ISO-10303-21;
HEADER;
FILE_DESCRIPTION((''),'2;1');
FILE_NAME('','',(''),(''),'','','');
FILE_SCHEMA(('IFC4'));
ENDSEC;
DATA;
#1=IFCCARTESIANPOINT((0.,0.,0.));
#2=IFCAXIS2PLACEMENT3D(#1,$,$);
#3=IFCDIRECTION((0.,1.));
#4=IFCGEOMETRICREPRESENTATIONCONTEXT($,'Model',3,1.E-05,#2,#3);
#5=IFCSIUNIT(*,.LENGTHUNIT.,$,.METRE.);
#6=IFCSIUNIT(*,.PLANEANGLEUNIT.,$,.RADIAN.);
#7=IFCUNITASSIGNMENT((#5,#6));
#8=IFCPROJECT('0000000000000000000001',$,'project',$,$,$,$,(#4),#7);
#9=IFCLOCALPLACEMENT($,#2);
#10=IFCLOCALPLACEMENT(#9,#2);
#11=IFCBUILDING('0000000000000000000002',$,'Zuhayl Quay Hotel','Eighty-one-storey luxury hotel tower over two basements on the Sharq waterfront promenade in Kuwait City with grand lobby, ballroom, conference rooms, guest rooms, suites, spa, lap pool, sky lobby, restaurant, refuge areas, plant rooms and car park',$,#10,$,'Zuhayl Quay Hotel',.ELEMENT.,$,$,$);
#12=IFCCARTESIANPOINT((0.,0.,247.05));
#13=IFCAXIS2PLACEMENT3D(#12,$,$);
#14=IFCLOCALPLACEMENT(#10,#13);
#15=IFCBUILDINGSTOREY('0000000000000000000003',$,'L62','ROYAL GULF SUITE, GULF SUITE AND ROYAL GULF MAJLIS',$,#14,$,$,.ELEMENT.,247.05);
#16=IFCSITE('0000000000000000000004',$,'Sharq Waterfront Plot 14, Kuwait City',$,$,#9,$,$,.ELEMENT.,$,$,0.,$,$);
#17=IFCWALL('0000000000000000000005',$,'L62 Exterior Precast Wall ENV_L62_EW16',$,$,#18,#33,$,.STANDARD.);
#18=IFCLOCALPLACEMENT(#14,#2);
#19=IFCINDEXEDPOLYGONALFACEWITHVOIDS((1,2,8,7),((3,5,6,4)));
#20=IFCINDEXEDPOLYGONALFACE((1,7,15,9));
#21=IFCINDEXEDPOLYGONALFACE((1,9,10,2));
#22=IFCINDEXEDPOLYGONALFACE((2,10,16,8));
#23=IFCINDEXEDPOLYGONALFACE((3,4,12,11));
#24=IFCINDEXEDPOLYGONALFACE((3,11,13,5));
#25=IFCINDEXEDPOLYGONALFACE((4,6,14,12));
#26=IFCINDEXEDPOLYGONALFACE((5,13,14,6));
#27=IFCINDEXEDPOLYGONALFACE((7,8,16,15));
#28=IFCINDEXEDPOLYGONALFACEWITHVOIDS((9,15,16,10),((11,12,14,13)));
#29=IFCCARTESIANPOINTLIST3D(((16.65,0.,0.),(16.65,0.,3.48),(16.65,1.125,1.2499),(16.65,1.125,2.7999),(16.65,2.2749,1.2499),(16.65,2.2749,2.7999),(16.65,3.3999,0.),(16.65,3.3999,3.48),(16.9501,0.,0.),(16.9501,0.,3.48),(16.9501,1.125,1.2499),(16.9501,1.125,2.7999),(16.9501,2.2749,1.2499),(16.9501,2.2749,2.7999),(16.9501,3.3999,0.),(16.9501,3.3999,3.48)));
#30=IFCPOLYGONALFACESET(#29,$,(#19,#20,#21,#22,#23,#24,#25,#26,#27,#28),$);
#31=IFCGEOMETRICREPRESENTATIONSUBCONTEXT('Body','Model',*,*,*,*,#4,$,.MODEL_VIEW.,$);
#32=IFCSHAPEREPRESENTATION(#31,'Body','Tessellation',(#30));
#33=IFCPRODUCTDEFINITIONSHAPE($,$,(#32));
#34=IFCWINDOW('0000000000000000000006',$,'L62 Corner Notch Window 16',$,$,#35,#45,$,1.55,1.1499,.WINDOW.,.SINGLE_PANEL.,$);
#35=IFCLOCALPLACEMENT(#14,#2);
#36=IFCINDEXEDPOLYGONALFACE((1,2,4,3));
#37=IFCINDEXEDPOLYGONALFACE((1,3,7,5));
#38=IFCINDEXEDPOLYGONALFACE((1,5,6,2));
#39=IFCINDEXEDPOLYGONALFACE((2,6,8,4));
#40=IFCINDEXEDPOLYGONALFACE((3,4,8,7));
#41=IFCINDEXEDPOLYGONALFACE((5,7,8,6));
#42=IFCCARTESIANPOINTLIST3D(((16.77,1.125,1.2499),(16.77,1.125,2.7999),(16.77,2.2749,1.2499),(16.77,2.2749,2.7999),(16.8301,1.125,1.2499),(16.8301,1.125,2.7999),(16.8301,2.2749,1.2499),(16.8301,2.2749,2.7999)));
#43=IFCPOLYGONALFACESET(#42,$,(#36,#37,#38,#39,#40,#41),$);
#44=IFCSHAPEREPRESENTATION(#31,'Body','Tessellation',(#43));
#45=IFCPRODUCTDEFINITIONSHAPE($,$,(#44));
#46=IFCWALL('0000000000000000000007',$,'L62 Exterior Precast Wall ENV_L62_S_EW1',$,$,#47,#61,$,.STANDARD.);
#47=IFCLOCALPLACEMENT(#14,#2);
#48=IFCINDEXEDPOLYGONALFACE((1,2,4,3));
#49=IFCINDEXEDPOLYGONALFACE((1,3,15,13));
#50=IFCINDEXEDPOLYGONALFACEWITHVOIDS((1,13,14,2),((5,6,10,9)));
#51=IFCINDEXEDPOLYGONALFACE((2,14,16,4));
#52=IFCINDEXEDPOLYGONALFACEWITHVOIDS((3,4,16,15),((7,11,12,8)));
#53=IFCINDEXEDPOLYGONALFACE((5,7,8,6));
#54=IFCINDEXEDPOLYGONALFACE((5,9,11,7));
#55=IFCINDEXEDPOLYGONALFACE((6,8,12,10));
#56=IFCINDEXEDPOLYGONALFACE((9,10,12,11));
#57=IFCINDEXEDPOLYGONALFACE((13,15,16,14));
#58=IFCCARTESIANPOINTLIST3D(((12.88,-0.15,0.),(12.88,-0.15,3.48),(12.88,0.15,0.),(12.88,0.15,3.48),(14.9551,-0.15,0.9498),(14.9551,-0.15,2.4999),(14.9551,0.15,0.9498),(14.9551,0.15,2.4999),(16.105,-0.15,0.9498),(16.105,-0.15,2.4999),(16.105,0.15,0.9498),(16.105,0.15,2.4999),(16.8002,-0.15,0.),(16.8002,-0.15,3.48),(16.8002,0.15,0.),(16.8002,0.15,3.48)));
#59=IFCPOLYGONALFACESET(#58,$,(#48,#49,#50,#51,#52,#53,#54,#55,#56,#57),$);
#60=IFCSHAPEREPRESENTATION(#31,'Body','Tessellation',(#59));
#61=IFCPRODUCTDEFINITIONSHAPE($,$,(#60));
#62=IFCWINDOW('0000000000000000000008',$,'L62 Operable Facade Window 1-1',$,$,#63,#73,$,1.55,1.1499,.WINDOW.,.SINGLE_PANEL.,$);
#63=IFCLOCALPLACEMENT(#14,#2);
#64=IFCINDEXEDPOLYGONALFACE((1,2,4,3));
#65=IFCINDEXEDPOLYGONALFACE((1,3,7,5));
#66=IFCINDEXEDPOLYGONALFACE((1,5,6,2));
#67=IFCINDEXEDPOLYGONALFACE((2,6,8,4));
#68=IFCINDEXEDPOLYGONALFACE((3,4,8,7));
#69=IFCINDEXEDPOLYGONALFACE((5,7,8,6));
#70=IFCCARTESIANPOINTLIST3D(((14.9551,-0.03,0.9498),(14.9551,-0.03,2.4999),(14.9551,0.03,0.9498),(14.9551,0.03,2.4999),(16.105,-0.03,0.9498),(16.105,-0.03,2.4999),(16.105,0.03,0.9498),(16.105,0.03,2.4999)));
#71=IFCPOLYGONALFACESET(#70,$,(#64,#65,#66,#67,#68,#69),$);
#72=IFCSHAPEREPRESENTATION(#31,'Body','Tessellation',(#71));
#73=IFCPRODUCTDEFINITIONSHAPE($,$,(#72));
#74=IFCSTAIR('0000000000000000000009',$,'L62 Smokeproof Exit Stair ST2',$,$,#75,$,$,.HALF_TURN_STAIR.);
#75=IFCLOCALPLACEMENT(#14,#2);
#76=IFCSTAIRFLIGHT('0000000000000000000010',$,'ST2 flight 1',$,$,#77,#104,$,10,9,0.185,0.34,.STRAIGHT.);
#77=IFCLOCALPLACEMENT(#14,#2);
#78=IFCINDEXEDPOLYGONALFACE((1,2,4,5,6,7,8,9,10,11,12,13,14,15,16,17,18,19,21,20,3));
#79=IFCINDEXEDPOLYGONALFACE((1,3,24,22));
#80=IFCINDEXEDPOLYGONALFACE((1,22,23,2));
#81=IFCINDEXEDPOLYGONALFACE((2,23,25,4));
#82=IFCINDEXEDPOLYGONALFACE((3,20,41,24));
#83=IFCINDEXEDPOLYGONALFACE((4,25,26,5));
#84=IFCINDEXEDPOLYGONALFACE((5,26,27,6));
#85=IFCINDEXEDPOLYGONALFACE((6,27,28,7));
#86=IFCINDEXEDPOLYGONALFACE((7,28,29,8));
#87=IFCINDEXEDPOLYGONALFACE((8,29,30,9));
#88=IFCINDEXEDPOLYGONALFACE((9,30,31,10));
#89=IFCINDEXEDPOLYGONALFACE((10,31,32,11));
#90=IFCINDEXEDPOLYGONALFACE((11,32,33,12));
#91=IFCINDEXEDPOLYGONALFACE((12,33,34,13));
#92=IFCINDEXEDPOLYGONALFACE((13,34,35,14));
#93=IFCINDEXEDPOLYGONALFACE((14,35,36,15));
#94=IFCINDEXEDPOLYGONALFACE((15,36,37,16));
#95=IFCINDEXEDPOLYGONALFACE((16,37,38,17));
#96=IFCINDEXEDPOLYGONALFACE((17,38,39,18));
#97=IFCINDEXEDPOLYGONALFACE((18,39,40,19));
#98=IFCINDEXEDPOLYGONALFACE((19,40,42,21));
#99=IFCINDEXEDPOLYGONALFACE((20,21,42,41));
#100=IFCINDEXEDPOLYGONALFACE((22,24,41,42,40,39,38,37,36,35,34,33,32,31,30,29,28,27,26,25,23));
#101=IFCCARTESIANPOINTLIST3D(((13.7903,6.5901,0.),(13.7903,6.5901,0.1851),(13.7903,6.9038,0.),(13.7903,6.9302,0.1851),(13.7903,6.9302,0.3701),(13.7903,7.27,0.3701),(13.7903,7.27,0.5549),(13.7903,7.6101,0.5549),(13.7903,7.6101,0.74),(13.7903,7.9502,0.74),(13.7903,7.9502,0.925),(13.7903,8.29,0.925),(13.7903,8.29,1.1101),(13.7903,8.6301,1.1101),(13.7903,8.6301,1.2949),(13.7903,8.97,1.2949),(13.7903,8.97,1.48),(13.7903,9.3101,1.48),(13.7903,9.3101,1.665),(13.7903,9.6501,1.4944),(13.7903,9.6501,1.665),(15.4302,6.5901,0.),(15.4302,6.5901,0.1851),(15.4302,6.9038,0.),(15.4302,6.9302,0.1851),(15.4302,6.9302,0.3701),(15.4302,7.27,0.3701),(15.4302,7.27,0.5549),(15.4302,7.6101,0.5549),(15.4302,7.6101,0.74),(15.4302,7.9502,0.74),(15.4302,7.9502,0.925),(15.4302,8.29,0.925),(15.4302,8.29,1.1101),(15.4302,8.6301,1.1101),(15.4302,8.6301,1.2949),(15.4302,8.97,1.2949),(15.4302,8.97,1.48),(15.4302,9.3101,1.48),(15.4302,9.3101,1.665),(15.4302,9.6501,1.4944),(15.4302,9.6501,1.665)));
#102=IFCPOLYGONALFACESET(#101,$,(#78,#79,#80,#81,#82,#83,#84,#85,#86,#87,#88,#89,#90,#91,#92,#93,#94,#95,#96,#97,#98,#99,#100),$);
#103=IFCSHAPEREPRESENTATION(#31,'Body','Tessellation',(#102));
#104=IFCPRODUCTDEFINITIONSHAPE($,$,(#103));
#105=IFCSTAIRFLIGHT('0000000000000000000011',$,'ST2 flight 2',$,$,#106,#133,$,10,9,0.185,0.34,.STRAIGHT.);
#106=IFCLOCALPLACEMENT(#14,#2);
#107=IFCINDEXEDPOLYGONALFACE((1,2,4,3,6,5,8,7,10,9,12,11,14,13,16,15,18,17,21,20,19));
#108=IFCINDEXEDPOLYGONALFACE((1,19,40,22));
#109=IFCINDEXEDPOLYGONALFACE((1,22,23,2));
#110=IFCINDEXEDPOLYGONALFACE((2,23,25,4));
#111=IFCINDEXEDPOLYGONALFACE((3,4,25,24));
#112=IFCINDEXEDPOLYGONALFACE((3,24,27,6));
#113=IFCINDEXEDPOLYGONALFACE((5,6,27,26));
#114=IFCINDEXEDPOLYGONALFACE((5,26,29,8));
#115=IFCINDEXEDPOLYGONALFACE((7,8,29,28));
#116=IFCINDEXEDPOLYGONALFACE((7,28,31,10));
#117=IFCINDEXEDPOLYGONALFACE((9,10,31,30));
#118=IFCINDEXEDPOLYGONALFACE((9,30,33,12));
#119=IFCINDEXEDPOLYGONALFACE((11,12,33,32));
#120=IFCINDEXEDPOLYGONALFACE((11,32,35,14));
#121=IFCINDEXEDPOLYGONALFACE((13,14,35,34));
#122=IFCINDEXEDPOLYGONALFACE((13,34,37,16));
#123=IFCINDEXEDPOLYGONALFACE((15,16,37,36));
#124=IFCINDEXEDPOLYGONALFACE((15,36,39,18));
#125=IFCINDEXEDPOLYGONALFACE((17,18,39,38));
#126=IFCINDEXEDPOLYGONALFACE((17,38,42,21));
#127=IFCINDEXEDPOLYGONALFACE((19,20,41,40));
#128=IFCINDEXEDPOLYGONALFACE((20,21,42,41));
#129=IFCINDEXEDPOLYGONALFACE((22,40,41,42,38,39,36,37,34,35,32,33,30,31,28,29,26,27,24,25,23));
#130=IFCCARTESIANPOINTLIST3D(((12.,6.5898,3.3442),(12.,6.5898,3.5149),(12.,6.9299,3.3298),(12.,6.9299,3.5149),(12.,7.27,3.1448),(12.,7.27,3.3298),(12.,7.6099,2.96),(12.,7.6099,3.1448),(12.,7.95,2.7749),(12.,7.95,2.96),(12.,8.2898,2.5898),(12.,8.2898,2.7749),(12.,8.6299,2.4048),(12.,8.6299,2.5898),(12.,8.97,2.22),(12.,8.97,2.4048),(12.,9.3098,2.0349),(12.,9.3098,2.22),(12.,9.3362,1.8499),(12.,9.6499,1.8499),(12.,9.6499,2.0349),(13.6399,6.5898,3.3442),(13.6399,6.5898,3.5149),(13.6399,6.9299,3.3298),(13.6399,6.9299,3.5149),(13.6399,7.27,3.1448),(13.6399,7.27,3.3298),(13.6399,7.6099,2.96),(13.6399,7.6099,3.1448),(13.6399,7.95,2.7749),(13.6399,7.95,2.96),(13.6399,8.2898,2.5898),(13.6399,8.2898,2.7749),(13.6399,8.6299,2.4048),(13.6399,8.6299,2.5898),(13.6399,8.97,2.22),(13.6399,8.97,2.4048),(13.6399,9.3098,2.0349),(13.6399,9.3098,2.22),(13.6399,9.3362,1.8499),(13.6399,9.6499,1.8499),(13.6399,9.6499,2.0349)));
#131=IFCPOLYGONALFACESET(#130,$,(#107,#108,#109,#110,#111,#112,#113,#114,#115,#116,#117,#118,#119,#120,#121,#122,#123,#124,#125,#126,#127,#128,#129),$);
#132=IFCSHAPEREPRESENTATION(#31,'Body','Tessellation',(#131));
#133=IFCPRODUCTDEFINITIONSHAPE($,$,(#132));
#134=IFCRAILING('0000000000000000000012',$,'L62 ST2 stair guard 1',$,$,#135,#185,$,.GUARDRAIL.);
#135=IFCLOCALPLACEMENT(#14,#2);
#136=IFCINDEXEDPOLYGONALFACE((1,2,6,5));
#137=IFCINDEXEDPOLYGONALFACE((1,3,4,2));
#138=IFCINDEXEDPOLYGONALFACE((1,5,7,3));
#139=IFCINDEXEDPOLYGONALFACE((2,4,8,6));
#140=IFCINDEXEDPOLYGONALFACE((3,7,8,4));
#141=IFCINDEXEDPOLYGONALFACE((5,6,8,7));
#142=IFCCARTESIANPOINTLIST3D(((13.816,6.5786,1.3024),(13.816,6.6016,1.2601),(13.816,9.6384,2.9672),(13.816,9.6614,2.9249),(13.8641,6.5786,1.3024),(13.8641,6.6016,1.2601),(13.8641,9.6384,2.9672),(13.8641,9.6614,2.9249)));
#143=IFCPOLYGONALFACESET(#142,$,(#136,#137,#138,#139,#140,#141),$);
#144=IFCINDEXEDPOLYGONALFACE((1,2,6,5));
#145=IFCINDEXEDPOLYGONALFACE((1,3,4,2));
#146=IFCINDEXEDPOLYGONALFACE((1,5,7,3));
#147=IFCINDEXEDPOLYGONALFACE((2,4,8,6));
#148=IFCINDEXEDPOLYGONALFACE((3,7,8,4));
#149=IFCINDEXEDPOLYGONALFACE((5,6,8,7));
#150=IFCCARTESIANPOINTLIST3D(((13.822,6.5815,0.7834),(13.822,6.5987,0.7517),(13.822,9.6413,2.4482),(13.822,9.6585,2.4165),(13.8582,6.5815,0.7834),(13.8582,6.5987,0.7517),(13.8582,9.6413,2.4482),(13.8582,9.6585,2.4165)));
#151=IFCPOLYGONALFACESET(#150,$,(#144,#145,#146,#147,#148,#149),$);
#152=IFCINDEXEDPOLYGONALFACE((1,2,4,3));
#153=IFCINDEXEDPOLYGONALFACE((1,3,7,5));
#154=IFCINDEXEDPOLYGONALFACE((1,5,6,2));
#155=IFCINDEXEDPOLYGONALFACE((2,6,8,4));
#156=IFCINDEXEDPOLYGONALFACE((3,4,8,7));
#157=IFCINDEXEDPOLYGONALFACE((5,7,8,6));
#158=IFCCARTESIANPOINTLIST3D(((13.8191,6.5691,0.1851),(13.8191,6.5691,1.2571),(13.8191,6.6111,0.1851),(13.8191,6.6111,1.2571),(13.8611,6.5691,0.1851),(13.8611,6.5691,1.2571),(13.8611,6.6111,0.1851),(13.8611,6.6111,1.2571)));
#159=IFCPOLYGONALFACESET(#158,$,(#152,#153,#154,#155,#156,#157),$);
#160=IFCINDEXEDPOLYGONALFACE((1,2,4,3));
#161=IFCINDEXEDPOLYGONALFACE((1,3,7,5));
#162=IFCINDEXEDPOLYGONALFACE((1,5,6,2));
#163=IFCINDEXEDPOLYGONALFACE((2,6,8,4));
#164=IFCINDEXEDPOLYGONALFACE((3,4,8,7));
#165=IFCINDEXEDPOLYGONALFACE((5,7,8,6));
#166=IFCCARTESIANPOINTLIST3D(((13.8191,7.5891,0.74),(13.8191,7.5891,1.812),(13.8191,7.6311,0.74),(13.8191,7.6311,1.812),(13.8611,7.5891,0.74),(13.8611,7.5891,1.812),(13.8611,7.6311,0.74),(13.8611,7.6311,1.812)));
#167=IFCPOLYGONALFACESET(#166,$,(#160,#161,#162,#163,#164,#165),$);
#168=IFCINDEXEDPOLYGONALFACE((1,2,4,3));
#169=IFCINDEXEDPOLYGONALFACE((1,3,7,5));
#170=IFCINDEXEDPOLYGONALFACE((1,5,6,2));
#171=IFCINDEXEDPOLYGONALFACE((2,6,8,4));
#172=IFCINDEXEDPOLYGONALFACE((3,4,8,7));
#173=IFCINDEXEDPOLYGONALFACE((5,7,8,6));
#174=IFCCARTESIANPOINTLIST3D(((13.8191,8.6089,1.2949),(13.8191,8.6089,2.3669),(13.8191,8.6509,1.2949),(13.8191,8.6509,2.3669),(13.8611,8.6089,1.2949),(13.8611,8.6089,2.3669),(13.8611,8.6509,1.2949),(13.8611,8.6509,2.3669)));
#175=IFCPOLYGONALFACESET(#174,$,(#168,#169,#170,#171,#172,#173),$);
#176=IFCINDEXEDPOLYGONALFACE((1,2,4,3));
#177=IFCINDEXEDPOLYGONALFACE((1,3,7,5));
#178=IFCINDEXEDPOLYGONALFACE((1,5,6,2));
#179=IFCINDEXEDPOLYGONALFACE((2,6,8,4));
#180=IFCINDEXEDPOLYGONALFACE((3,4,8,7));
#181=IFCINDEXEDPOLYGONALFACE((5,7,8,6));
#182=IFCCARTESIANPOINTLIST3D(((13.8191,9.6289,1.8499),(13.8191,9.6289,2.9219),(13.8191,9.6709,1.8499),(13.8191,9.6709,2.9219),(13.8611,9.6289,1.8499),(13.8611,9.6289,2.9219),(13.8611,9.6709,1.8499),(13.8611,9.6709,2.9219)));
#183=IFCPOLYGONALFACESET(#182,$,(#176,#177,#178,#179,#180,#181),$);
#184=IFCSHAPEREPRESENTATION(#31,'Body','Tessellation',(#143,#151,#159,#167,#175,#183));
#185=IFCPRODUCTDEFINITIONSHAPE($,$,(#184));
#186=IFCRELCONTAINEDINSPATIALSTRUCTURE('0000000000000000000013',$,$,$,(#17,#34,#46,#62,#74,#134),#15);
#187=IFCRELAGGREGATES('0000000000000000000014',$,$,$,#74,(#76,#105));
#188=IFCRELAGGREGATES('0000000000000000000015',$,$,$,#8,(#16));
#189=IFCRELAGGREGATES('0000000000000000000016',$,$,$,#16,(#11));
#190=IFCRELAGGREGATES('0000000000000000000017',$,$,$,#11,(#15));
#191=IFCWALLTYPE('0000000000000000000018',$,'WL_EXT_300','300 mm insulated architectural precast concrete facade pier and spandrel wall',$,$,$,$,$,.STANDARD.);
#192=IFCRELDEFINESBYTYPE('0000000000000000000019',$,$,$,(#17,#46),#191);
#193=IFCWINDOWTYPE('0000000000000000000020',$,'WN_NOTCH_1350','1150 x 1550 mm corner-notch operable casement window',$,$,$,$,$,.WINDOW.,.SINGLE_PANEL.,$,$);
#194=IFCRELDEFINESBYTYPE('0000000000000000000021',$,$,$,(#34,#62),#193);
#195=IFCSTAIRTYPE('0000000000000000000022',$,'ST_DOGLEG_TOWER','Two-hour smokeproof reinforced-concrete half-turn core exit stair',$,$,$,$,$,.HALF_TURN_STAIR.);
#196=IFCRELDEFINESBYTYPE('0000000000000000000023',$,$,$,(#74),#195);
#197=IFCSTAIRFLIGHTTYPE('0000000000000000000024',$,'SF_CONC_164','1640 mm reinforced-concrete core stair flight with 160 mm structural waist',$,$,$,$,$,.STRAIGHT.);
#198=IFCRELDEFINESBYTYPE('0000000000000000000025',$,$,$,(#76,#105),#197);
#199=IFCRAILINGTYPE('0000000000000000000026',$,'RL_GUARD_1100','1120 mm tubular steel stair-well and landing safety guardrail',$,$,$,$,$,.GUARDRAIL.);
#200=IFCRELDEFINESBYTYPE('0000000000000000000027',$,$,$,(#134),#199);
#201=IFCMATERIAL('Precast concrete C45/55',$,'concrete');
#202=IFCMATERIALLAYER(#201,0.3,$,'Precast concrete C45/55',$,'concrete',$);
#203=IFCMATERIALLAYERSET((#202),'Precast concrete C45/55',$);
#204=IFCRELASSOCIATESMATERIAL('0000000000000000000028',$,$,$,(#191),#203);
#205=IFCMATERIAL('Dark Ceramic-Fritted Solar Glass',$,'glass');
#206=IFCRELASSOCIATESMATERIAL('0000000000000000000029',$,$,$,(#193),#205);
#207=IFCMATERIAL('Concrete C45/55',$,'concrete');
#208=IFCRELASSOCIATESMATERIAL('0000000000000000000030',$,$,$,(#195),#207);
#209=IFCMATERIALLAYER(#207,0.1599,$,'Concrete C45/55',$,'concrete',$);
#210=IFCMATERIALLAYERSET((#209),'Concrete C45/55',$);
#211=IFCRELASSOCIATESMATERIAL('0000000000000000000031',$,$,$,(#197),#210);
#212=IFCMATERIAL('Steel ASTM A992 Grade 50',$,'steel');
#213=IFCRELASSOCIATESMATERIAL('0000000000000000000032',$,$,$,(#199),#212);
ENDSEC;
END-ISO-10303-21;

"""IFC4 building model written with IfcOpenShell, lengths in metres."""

from ifc_helpers import new_model, si_unit, direction, frame, frame_2d, origin, origin_2d, place, context, subcontext, project, spatial, polyline, rectangle, outline, extrude, material, layer, layer_set, type_object, element, fill, aggregate, save


model = new_model("IFC4")

# Units and contexts
model_context = context("Model", 3, precision=1e-05, world=origin(), true_north=direction((0.0, 1.0)))
body_context = subcontext(model_context, "Body", "Model", "MODEL_VIEW")
ifc_project = project(units=[si_unit("LENGTHUNIT", "METRE"), si_unit("PLANEANGLEUNIT", "RADIAN")], contexts=[model_context])

# Site, building, storey
site_placement = place(None, origin())
site = spatial("IfcSite", under=ifc_project, at=site_placement, Name="Sharq Waterfront Plot 14, Kuwait City", CompositionType="ELEMENT", RefElevation=0.0)
building_placement = place(site_placement, origin())
building = spatial("IfcBuilding", under=site, at=building_placement, Name="Zuhayl Quay Hotel", Description="Eighty-one-storey luxury hotel tower over two basements on the Sharq waterfront promenade in Kuwait City with grand lobby, ballroom, conference rooms, guest rooms, suites, spa, lap pool, sky lobby, restaurant, refuge areas, plant rooms and car park", LongName="Zuhayl Quay Hotel", CompositionType="ELEMENT")
storey_placement = place(building_placement, frame((0.0, 0.0, 247.05)))
storey = spatial("IfcBuildingStorey", under=building, at=storey_placement, Name="L62", Description="ROYAL GULF SUITE, GULF SUITE AND ROYAL GULF MAJLIS", CompositionType="ELEMENT", Elevation=247.05)

# Shared definitions
ifc_material_1 = material(Name="Steel ASTM A992 Grade 50", Category="steel")

# Shared definitions
ifc_material_2 = material(Name="Dark Ceramic-Fritted Solar Glass", Category="glass")

# Shared definitions
ifc_material_3 = material(Name="Precast concrete C45/55", Category="concrete")
ifc_layer_1 = layer(ifc_material_3, 0.3, Name="Precast concrete C45/55", Category="concrete")
ifc_layer_set_1 = layer_set([ifc_layer_1], Name="Precast concrete C45/55")
wall_type_1 = type_object("IfcWallType", Name="WL_EXT_300", Description="300 mm insulated architectural precast concrete facade pier and spandrel wall", PredefinedType="STANDARD", material=ifc_layer_set_1)

# Walls, openings, windows
window_type = type_object("IfcWindowType", Name="WN_NOTCH_1350", Description="1150 x 1550 mm corner-notch operable casement window", PartitioningType="SINGLE_PANEL", PredefinedType="WINDOW", material=ifc_material_2)
wall_1_placement = place(storey_placement, frame((16.8, 3.3999, 0.0), z_axis=(0.0, 0.0, 1.0), x_axis=(0.0, -1.0, 0.0)))
wall_1 = element("IfcWall", 1, at=wall_1_placement, inside=storey, type_object=wall_type_1, Name="L62 Exterior Precast Wall ENV_L62_EW16", PredefinedType="STANDARD", context=body_context, shape_type="SweptSolid", body=[
    extrude(rectangle(XDim=3.3999, YDim=0.3, at=frame_2d((1.7, 0.0))), origin(), (0.0, 0.0, 1.0), 3.48),
])
opening_1_placement = place(wall_1_placement, frame((1.125, 0.0, 1.25)))
opening_1 = element("IfcOpeningElement", 2, at=opening_1_placement, cuts=wall_1, PredefinedType="OPENING", context=body_context, shape_type="SweptSolid", body=[
    extrude(rectangle(XDim=1.1499, YDim=1.55, at=frame_2d((0.575, 0.7749))), frame((0.0, 0.1599, 0.0), z_axis=(0.0, -1.0, 0.0), x_axis=(1.0, 0.0, 0.0)), (0.0, 0.0, 1.0), 0.3201),
])
window_1_placement = place(opening_1_placement, origin())
window_1 = element("IfcWindow", 3, at=window_1_placement, inside=storey, type_object=window_type, Name="L62 Corner Notch Window 16", OverallHeight=1.55, OverallWidth=1.1499, PartitioningType="SINGLE_PANEL", PredefinedType="WINDOW", context=body_context, shape_type="SweptSolid", body=[
    extrude(rectangle(XDim=1.1499, YDim=1.55, at=frame_2d((0.575, 0.7749))), frame((0.0, 0.03, 0.0), z_axis=(0.0, -1.0, 0.0), x_axis=(1.0, 0.0, 0.0)), (0.0, 0.0, 1.0), 0.0601),
])
fill(opening_1, window_1)
wall_2_placement = place(storey_placement, frame((16.8, 0.0, 0.0), z_axis=(0.0, 0.0, 1.0), x_axis=(-1.0, 0.0, 0.0)))
wall_2 = element("IfcWall", 4, at=wall_2_placement, inside=storey, type_object=wall_type_1, Name="L62 Exterior Precast Wall ENV_L62_S_EW1", PredefinedType="STANDARD", context=body_context, shape_type="SweptSolid", body=[
    extrude(rectangle(XDim=3.9202, YDim=0.3, at=frame_2d((1.96, 0.0))), origin(), (0.0, 0.0, 1.0), 3.48),
])
opening_2_placement = place(wall_2_placement, frame((0.6951, 0.0, 0.95)))
opening_2 = element("IfcOpeningElement", 5, at=opening_2_placement, cuts=wall_2, PredefinedType="OPENING", context=body_context, shape_type="SweptSolid", body=[
    extrude(rectangle(XDim=1.1499, YDim=1.55, at=frame_2d((0.575, 0.7749))), frame((0.0, 0.1599, 0.0), z_axis=(0.0, -1.0, 0.0), x_axis=(1.0, 0.0, 0.0)), (0.0, 0.0, 1.0), 0.3201),
])
window_2_placement = place(opening_2_placement, origin())
window_2 = element("IfcWindow", 6, at=window_2_placement, inside=storey, type_object=window_type, Name="L62 Operable Facade Window 1-1", OverallHeight=1.55, OverallWidth=1.1499, PartitioningType="SINGLE_PANEL", PredefinedType="WINDOW", context=body_context, shape_type="SweptSolid", body=[
    extrude(rectangle(XDim=1.1499, YDim=1.55, at=frame_2d((0.575, 0.7749))), frame((0.0, 0.03, 0.0), z_axis=(0.0, -1.0, 0.0), x_axis=(1.0, 0.0, 0.0)), (0.0, 0.0, 1.0), 0.0601),
])
fill(opening_2, window_2)

# Stair, stair flights
ifc_material_4 = material(Name="Concrete C45/55", Category="concrete")
stair_type = type_object("IfcStairType", Name="ST_DOGLEG_TOWER", Description="Two-hour smokeproof reinforced-concrete half-turn core exit stair", PredefinedType="HALF_TURN_STAIR", material=ifc_material_4)
stair_placement = place(storey_placement, origin())
stair = element("IfcStair", 7, at=stair_placement, inside=storey, type_object=stair_type, Name="L62 Smokeproof Exit Stair ST2", PredefinedType="HALF_TURN_STAIR")
ifc_layer_2 = layer(ifc_material_4, 0.1599, Name="Concrete C45/55", Category="concrete")
ifc_layer_set_2 = layer_set([ifc_layer_2], Name="Concrete C45/55")
stair_flight_type = type_object("IfcStairFlightType", Name="SF_CONC_164", Description="1640 mm reinforced-concrete core stair flight with 160 mm structural waist", PredefinedType="STRAIGHT", material=ifc_layer_set_2)
stair_flight_1_placement = place(storey_placement, frame((14.6101, 6.5901, 0.0), z_axis=(0.0, 0.0, 1.0), x_axis=(0.0, 1.0, 0.0)))
stair_flight_1 = element("IfcStairFlight", 8, at=stair_flight_1_placement, type_object=stair_flight_type, Name="ST2 flight 1", NumberOfRisers=10, NumberOfTreads=9, PredefinedType="STRAIGHT", RiserHeight=0.185, TreadLength=0.34, context=body_context, shape_type="SweptSolid", body=[
    extrude(outline(polyline([(0.0, 0.0), (0.0, 0.1851), (0.3401, 0.1851), (0.3401, 0.3701), (0.6799, 0.3701), (0.6799, 0.5549), (1.02, 0.5549), (1.02, 0.74), (1.3601, 0.74), (1.3601, 0.925), (1.7, 0.925), (1.7, 1.1101), (2.04, 1.1101), (2.04, 1.2949), (2.3799, 1.2949), (2.3799, 1.48), (2.72, 1.48), (2.72, 1.665), (3.0601, 1.665), (3.0601, 1.8501), (3.0601, 1.4944), (0.3137, 0.0), (0.0, 0.0)])), frame((0.0, 0.8198, 0.0), z_axis=(0.0, -1.0, 0.0), x_axis=(1.0, 0.0, 0.0)), (0.0, 0.0, 1.0), 1.6399),
])
stair_flight_2_placement = place(storey_placement, frame((12.8201, 9.6499, 1.8499), z_axis=(0.0, 0.0, 1.0), x_axis=(0.0, -1.0, 0.0)))
stair_flight_2 = element("IfcStairFlight", 9, at=stair_flight_2_placement, type_object=stair_flight_type, Name="ST2 flight 2", NumberOfRisers=10, NumberOfTreads=9, PredefinedType="STRAIGHT", RiserHeight=0.185, TreadLength=0.34, context=body_context, shape_type="SweptSolid", body=[
    extrude(outline(polyline([(0.0, 0.0), (0.0, 0.1851), (0.3401, 0.1851), (0.3401, 0.3701), (0.6799, 0.3701), (0.6799, 0.5549), (1.02, 0.5549), (1.02, 0.74), (1.3601, 0.74), (1.3601, 0.925), (1.7, 0.925), (1.7, 1.1101), (2.04, 1.1101), (2.04, 1.2949), (2.3799, 1.2949), (2.3799, 1.48), (2.72, 1.48), (2.72, 1.665), (3.0601, 1.665), (3.0601, 1.8501), (3.0601, 1.4944), (0.3137, 0.0), (0.0, 0.0)])), frame((0.0, 0.8198, 0.0), z_axis=(0.0, -1.0, 0.0), x_axis=(1.0, 0.0, 0.0)), (0.0, 0.0, 1.0), 1.6399),
])
aggregate(stair, [stair_flight_1, stair_flight_2])

# Railing
railing_type_1 = type_object("IfcRailingType", Name="RL_GUARD_1100", Description="1120 mm tubular steel stair-well and landing safety guardrail", PredefinedType="GUARDRAIL", material=ifc_material_1)
railing_1_placement = place(storey_placement, frame((13.8401, 6.5901, 0.1851)))
element("IfcRailing", 10, at=railing_1_placement, inside=storey, type_object=railing_type_1, Name="L62 ST2 stair guard 1", PredefinedType="GUARDRAIL", context=body_context, shape_type="SweptSolid", body=[
    extrude(rectangle(XDim=0.0481, YDim=0.0481, at=origin_2d()), frame((0.0, 0.0, 1.0962), z_axis=(0.0, 0.878401, 0.477924), x_axis=(-1.0, 0.0, 0.0)), (0.0, 0.0, 1.0), 3.4834),
    extrude(rectangle(XDim=0.0361, YDim=0.0361, at=origin_2d()), frame((0.0, 0.0, 0.5825), z_axis=(0.0, 0.878401, 0.477924), x_axis=(-1.0, 0.0, 0.0)), (0.0, 0.0, 1.0), 3.4834),
    extrude(rectangle(XDim=0.042, YDim=0.042, at=origin_2d()), origin(), (0.0, 0.0, 1.0), 1.072),
    extrude(rectangle(XDim=0.042, YDim=0.042, at=origin_2d()), frame((0.0, 1.02, 0.5549)), (0.0, 0.0, 1.0), 1.072),
    extrude(rectangle(XDim=0.042, YDim=0.042, at=origin_2d()), frame((0.0, 2.0398, 1.1099)), (0.0, 0.0, 1.0), 1.072),
    extrude(rectangle(XDim=0.042, YDim=0.042, at=origin_2d()), frame((0.0, 3.0598, 1.6648)), (0.0, 0.0, 1.0), 1.072),
])

save(model, "model.ifc")
